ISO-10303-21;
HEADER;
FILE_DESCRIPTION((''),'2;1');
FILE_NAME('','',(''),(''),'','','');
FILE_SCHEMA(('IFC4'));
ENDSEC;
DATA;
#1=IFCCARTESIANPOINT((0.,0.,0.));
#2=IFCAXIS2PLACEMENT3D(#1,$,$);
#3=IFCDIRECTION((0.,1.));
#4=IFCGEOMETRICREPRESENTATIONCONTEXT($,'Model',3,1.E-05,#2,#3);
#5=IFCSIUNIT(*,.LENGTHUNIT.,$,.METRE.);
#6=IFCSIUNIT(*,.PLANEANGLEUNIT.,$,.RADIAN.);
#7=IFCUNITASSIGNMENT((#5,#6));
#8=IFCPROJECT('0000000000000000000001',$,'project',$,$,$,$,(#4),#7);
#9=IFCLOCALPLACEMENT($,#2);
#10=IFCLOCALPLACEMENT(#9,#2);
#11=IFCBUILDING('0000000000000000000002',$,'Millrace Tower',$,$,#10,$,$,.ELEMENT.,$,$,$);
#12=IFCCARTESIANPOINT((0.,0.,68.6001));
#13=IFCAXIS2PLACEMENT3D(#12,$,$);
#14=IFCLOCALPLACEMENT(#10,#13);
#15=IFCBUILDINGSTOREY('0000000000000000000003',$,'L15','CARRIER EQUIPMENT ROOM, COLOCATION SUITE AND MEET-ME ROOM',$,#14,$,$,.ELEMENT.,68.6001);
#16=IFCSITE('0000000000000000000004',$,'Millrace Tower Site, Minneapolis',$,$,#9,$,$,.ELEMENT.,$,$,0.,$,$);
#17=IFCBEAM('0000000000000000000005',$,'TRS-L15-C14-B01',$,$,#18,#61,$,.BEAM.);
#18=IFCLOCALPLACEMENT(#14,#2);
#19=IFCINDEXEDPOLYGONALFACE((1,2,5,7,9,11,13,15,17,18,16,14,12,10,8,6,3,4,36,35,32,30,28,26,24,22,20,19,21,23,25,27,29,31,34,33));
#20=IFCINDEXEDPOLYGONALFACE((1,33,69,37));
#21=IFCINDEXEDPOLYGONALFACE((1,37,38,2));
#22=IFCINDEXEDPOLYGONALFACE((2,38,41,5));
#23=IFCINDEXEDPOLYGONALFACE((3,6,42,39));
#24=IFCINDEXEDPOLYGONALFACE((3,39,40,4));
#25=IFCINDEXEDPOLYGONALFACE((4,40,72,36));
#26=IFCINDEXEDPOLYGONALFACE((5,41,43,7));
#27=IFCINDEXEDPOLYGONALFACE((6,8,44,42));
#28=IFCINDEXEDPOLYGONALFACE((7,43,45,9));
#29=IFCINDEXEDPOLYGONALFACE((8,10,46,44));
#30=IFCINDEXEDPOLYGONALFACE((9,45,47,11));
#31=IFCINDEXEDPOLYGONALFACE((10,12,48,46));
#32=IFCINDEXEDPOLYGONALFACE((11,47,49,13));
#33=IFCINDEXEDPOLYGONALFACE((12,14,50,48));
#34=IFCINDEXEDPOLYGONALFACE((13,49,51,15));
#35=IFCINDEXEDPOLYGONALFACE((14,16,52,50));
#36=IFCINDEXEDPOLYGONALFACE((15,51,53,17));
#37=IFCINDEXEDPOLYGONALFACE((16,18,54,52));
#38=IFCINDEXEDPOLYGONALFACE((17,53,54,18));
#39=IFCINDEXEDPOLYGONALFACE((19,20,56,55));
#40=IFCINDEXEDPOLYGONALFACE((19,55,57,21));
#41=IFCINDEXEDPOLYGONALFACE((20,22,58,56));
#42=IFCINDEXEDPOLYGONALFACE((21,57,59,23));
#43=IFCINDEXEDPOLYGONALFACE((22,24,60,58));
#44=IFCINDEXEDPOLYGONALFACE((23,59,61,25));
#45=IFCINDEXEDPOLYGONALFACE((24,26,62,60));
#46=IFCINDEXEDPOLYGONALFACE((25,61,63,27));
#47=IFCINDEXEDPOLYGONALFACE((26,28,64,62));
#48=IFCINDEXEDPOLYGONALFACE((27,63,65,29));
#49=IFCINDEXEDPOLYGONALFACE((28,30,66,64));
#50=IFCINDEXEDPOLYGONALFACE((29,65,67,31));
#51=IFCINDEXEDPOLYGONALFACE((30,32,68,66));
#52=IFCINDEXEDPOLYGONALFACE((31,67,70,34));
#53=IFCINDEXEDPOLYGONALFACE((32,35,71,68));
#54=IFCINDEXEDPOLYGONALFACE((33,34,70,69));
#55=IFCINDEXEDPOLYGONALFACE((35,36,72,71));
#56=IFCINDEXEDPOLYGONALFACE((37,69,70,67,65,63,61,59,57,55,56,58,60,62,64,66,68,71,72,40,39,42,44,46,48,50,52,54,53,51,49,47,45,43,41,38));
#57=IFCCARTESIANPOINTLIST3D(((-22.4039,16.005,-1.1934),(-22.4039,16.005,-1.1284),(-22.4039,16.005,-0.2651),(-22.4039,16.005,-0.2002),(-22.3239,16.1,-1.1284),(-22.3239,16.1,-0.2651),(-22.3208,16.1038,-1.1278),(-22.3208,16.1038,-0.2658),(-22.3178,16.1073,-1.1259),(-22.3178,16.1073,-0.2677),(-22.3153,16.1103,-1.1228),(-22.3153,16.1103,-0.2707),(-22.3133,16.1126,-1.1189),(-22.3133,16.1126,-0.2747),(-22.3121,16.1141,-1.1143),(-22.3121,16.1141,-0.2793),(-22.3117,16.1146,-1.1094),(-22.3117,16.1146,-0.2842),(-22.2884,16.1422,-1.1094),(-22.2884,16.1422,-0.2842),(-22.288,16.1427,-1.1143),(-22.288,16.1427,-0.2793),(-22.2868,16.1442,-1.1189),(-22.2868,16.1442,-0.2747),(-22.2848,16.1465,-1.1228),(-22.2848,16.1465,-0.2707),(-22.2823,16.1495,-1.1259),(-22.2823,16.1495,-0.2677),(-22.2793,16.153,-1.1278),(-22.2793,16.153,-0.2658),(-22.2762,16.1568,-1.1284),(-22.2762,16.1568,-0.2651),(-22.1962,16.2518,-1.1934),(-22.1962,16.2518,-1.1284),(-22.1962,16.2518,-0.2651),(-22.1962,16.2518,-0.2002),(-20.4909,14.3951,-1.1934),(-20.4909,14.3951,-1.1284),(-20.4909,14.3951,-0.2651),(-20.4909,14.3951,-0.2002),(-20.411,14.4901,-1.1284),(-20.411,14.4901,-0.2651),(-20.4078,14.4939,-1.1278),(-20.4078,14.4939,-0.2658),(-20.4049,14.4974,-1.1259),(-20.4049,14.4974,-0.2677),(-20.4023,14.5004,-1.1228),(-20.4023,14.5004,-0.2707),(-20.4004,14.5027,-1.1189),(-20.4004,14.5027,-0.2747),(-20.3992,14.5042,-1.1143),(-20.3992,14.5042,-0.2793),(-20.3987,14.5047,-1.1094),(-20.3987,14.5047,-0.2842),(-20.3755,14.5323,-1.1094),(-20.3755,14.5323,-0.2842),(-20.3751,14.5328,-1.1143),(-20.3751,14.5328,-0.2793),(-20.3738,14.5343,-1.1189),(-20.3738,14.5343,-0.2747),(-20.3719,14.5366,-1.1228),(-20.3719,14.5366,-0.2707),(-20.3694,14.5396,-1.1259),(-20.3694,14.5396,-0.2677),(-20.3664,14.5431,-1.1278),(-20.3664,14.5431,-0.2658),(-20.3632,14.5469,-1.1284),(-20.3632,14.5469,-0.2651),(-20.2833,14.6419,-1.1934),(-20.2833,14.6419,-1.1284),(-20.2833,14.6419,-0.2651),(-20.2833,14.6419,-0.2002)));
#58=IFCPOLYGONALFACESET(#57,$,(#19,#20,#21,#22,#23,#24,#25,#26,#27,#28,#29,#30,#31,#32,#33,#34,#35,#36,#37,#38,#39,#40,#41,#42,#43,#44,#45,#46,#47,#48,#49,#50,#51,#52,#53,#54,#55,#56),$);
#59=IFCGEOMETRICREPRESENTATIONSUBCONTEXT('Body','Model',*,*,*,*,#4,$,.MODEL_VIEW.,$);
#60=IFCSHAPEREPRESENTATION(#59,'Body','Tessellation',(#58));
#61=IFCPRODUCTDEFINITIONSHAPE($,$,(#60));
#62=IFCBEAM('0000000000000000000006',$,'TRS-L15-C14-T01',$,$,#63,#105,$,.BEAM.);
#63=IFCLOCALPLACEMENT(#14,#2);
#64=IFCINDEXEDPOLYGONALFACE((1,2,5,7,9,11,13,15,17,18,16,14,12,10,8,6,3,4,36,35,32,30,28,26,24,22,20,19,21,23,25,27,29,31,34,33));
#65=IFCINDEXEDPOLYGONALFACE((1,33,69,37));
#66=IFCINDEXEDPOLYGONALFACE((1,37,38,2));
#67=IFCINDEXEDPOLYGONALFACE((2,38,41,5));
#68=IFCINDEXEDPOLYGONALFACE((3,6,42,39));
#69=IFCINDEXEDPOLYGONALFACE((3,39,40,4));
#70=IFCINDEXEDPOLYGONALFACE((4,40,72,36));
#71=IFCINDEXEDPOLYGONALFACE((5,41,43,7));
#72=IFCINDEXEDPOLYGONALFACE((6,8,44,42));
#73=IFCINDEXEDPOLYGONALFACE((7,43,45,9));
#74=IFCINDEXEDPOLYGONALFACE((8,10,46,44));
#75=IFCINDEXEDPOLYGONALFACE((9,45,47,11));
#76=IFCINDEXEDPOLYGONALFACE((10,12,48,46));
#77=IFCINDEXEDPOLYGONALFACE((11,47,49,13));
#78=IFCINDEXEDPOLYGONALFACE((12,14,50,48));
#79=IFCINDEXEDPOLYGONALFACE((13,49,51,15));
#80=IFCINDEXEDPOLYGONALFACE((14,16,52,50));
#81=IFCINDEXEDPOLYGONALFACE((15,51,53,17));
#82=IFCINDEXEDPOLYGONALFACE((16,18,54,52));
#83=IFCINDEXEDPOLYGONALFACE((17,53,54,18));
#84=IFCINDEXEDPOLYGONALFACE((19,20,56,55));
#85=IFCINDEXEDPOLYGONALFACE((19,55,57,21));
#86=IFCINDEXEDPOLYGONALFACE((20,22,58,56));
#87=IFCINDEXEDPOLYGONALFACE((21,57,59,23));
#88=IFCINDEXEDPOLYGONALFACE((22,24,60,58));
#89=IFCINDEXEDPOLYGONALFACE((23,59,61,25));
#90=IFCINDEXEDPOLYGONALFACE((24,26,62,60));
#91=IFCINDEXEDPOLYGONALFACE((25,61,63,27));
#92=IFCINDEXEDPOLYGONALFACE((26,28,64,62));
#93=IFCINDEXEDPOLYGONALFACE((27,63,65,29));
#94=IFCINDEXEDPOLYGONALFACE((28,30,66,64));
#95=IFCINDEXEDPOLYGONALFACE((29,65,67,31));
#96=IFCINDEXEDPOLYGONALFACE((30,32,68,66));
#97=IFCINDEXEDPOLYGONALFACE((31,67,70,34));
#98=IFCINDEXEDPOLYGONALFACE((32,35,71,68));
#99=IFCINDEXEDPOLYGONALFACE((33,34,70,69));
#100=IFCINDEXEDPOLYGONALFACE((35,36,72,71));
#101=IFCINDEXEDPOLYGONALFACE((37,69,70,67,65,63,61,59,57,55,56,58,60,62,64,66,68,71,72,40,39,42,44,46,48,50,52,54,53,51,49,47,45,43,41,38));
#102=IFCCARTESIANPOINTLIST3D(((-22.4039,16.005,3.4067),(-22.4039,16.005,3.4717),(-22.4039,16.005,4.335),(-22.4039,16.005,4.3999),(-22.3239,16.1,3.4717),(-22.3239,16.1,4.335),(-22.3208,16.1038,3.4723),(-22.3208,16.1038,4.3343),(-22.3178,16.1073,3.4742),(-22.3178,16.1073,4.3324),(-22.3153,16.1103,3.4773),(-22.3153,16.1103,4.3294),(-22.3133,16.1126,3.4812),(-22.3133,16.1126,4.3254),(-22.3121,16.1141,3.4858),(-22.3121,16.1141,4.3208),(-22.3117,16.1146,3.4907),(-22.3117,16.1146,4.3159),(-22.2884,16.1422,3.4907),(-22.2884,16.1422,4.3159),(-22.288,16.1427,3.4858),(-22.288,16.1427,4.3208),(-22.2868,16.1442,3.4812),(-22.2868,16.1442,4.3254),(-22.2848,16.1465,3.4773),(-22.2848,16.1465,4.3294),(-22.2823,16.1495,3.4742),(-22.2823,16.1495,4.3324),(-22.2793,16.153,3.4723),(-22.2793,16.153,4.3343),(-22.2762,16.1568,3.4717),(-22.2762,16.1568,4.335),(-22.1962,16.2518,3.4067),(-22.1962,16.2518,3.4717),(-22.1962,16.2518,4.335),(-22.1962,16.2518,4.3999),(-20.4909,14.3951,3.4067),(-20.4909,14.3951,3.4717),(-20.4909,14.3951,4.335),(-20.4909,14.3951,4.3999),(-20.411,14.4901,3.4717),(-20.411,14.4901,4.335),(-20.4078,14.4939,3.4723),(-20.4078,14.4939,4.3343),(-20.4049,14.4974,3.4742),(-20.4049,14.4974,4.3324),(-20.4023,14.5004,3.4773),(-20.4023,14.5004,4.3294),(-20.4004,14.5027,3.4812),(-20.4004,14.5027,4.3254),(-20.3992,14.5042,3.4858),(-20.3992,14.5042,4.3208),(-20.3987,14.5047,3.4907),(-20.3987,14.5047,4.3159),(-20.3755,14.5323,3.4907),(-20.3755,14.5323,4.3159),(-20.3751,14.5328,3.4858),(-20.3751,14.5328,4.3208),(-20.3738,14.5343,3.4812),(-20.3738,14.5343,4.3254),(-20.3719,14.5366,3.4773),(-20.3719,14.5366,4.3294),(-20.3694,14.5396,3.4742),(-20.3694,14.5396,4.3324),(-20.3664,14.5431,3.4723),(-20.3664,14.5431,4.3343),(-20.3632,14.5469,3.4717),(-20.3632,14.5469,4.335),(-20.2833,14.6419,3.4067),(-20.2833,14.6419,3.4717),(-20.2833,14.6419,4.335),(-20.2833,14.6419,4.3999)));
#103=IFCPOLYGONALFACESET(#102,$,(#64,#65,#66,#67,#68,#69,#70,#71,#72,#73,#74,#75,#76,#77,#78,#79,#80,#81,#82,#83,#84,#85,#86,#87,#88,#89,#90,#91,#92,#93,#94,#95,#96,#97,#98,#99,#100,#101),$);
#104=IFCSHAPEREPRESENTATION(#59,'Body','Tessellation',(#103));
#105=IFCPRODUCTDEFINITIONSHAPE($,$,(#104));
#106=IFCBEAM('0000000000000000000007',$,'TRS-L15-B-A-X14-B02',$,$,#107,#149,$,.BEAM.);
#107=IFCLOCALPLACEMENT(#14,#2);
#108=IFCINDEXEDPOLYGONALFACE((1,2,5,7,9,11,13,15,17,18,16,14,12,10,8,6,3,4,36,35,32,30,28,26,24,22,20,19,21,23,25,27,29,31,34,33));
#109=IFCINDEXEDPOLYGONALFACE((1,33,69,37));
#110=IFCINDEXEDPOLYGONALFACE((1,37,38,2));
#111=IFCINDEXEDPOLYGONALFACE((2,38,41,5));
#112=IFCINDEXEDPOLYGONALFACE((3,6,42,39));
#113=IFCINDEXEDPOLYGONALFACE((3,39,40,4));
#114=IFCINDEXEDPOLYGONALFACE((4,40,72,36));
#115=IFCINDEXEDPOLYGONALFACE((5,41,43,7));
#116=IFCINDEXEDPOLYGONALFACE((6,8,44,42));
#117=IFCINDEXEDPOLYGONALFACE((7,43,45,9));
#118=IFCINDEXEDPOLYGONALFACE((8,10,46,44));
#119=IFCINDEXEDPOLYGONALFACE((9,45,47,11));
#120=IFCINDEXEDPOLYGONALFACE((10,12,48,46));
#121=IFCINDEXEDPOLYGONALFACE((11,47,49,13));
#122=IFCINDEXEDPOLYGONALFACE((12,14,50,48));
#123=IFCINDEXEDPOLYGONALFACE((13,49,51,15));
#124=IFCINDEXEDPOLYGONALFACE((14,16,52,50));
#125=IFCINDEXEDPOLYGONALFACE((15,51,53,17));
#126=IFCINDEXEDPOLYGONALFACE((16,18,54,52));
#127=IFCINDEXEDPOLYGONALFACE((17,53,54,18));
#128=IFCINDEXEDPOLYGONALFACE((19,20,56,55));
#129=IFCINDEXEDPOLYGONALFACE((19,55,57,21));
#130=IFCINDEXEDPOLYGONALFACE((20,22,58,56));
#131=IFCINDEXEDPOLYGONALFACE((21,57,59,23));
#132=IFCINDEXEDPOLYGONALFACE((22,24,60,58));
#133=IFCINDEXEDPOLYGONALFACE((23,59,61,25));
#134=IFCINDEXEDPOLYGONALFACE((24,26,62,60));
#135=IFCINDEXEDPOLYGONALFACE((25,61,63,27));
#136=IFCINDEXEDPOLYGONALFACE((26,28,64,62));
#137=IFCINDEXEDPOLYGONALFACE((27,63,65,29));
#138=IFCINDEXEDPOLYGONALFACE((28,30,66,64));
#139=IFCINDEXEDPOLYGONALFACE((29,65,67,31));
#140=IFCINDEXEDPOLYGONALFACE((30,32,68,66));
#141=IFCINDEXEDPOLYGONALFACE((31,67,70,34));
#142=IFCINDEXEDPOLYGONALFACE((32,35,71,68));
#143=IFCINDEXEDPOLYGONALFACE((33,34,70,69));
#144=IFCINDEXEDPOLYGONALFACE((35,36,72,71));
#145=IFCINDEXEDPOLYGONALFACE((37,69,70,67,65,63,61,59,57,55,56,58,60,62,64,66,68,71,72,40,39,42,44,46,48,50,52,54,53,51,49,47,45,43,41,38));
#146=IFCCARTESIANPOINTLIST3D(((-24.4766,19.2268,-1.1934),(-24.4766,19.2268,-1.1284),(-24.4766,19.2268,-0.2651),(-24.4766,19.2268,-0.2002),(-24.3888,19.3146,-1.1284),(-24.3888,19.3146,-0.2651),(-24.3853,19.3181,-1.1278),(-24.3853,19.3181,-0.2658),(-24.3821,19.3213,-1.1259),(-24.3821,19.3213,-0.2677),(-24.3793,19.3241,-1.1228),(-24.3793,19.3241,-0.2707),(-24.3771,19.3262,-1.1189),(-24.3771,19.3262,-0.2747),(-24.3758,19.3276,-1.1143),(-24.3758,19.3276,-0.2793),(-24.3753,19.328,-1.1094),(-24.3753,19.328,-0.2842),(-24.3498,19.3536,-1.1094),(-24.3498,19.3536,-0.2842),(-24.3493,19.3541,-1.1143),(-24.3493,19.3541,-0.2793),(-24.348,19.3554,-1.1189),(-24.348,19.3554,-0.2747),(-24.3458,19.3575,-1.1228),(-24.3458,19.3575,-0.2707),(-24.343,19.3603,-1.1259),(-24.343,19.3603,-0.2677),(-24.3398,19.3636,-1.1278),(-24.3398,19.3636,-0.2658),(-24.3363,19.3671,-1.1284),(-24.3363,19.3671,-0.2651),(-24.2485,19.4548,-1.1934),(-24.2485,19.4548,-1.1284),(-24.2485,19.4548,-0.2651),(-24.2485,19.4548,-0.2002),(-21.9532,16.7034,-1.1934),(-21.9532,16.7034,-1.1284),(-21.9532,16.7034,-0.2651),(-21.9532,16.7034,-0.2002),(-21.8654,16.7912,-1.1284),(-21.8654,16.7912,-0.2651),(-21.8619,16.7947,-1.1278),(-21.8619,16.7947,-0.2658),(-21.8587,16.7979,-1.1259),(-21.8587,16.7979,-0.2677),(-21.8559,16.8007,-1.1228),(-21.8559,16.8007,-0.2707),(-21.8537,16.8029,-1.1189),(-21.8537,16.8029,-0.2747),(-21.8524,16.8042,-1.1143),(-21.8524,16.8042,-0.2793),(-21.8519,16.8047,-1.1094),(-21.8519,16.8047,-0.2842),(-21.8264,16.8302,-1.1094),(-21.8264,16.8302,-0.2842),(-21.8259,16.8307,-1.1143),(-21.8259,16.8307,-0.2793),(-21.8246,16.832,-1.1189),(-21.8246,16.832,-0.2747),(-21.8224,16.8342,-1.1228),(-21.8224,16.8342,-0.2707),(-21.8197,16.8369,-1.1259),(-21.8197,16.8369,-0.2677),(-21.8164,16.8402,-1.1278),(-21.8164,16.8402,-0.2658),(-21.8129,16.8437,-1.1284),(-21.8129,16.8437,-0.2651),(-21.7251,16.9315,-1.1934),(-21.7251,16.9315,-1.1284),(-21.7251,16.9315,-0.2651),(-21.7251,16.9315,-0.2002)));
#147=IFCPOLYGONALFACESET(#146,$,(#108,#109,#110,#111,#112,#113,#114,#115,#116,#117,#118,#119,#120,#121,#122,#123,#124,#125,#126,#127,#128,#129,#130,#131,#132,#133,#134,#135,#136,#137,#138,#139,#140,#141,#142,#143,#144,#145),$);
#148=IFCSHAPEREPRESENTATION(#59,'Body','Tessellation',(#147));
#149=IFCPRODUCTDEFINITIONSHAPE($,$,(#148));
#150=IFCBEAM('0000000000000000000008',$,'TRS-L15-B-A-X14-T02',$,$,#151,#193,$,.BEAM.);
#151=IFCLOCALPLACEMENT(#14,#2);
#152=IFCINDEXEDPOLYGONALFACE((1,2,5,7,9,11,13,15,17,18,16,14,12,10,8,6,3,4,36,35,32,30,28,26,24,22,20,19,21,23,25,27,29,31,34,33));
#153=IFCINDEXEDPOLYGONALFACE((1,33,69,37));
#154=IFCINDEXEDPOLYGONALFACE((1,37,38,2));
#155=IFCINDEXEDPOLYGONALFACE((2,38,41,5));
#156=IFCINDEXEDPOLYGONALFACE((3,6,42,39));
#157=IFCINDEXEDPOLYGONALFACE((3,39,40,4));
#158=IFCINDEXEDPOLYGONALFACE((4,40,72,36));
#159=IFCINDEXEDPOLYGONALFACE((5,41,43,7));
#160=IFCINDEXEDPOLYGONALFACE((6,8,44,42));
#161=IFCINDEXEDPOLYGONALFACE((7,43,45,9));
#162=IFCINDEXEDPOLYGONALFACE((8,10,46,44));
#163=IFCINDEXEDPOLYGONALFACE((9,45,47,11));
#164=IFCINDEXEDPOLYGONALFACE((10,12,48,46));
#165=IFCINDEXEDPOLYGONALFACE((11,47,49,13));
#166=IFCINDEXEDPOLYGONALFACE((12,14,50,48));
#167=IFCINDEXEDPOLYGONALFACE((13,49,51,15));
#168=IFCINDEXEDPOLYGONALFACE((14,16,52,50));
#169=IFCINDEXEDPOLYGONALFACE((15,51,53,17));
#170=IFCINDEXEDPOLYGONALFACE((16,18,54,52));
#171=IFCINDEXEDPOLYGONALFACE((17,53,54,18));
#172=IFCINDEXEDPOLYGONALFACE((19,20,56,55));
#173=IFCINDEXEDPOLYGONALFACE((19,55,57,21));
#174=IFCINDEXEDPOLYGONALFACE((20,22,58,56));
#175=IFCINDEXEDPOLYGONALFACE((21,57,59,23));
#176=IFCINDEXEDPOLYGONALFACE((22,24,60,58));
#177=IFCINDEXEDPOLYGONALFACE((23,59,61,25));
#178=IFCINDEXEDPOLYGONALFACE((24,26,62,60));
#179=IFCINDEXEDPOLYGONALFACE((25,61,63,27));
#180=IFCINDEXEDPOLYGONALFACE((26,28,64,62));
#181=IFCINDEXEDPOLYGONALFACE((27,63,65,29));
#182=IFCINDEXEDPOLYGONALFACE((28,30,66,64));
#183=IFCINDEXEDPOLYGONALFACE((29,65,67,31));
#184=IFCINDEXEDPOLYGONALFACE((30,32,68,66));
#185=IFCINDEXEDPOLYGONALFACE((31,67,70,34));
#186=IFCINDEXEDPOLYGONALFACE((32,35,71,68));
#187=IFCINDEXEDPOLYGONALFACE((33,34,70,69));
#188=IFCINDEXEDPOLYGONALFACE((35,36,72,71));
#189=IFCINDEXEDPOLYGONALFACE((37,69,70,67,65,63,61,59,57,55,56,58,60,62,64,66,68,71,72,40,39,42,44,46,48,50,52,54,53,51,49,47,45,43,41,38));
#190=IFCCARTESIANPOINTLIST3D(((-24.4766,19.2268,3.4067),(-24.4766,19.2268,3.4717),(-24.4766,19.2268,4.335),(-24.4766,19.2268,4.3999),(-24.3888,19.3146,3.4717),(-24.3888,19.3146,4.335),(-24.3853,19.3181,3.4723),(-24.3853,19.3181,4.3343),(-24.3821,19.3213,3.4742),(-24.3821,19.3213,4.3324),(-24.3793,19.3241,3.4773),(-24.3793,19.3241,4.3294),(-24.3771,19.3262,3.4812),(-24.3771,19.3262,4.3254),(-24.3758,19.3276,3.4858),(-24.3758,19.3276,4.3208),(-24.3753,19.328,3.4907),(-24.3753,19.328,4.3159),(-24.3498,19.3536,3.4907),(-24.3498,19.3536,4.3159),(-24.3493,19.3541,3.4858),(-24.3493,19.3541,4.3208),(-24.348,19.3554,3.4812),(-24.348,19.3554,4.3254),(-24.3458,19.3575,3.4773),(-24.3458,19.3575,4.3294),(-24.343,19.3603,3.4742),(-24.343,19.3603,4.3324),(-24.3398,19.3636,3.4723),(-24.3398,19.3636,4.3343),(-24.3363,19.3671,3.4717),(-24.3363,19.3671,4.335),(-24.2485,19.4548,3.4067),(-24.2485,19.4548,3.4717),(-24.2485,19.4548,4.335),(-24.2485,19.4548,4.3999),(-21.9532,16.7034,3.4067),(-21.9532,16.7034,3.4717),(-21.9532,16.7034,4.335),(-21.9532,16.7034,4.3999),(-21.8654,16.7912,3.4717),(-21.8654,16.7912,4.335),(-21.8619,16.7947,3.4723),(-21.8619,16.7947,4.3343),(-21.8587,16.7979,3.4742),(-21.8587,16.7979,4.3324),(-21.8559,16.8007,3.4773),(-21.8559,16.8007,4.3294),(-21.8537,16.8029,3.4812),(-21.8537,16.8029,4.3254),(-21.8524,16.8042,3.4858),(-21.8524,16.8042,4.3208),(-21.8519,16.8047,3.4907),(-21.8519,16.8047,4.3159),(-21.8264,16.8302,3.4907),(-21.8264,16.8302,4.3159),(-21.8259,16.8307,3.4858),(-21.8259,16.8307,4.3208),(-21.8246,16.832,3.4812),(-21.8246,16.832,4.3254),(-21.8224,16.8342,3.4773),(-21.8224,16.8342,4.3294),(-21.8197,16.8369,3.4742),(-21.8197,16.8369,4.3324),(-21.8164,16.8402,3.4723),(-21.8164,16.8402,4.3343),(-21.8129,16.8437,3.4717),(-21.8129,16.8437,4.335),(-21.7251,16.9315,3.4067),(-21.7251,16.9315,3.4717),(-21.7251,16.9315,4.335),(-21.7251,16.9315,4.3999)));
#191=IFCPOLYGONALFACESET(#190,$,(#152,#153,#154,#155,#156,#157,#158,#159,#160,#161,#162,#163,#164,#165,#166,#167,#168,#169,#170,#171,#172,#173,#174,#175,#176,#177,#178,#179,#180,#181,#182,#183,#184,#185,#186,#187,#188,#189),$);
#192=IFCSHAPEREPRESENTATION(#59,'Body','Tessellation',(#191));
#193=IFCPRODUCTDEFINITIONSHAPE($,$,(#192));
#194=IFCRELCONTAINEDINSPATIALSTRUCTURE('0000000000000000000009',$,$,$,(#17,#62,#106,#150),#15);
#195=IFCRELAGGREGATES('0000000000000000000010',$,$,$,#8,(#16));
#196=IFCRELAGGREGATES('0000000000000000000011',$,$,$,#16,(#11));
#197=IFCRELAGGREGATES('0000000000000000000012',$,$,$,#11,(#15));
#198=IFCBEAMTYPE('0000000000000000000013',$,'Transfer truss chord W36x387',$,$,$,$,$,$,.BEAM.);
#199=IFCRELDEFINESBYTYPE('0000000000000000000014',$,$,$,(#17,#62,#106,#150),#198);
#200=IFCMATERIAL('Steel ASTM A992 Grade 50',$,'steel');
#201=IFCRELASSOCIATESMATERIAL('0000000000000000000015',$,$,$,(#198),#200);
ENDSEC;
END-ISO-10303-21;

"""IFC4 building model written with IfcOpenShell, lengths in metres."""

from ifc_helpers import new_model, si_unit, direction, frame, origin, origin_2d, place, context, subcontext, project, spatial, i_section, extrude, material, material_profile, profile_set, type_object, element, save


model = new_model("IFC4")

# Units and contexts
model_context = context("Model", 3, precision=1e-05, world=origin(), true_north=direction((0.0, 1.0)))
body_context = subcontext(model_context, "Body", "Model", "MODEL_VIEW")
ifc_project = project(units=[si_unit("LENGTHUNIT", "METRE"), si_unit("PLANEANGLEUNIT", "RADIAN")], contexts=[model_context])

# Site, building, storey
site_placement = place(None, origin())
site = spatial("IfcSite", under=ifc_project, at=site_placement, Name="Millrace Tower Site, Minneapolis", CompositionType="ELEMENT", RefElevation=0.0)
building_placement = place(site_placement, origin())
building = spatial("IfcBuilding", under=site, at=building_placement, Name="Millrace Tower", CompositionType="ELEMENT")
storey_placement = place(building_placement, frame((0.0, 0.0, 68.6001)))
storey = spatial("IfcBuildingStorey", under=building, at=storey_placement, Name="L15", Description="CARRIER EQUIPMENT ROOM, COLOCATION SUITE AND MEET-ME ROOM", CompositionType="ELEMENT", Elevation=68.6001)

# Beams
ifc_material_1 = material(Name="Steel ASTM A992 Grade 50", Category="steel")
ifc_material_profile_1 = material_profile(ifc_material_1, i_section(OverallWidth=0.3225, OverallDepth=0.9932, WebThickness=0.0361, FlangeThickness=0.0649, FilletRadius=0.019, at=origin_2d()))
ifc_profile_set_1 = profile_set([ifc_material_profile_1], Name="Steel ASTM A992 Grade 50")
beam_type_1 = type_object("IfcBeamType", Name="Transfer truss chord W36x387", PredefinedType="BEAM", material=ifc_profile_set_1)
for number, where, z_axis, x_axis, name in (
    (1, (-22.3, 16.1284, -0.6968), (0.765099, -0.643913, 0.0), (0.643913, 0.765099, 0.0), "TRS-L15-C14-B01"),
    (2, (-22.3, 16.1284, 3.9033), (0.765099, -0.643913, 0.0), (0.643913, 0.765099, 0.0), "TRS-L15-C14-T01"),
):
    element("IfcBeam", number, at=place(storey_placement, frame(where, z_axis=z_axis, x_axis=x_axis)), inside=storey, type_object=beam_type_1, Name=name, PredefinedType="BEAM", context=body_context, shape_type="SweptSolid", body=[
        extrude(i_section(OverallWidth=0.3225, OverallDepth=0.9932, WebThickness=0.0361, FlangeThickness=0.0649, FilletRadius=0.019, at=origin_2d()), origin(), (0.0, 0.0, 1.0), 2.5002),
    ])
for number, where, z_axis, x_axis, name in (
    (3, (-24.3625, 19.3408, -0.6968), (0.707107, -0.707107, 0.0), (0.707107, 0.707107, 0.0), "TRS-L15-B-A-X14-B02"),
    (4, (-24.3625, 19.3408, 3.9033), (0.707107, -0.707107, 0.0), (0.707107, 0.707107, 0.0), "TRS-L15-B-A-X14-T02"),
):
    element("IfcBeam", number, at=place(storey_placement, frame(where, z_axis=z_axis, x_axis=x_axis)), inside=storey, type_object=beam_type_1, Name=name, PredefinedType="BEAM", context=body_context, shape_type="SweptSolid", body=[
        extrude(i_section(OverallWidth=0.3225, OverallDepth=0.9932, WebThickness=0.0361, FlangeThickness=0.0649, FilletRadius=0.019, at=origin_2d()), origin(), (0.0, 0.0, 1.0), 3.5686),
    ])

save(model, "model.ifc")
